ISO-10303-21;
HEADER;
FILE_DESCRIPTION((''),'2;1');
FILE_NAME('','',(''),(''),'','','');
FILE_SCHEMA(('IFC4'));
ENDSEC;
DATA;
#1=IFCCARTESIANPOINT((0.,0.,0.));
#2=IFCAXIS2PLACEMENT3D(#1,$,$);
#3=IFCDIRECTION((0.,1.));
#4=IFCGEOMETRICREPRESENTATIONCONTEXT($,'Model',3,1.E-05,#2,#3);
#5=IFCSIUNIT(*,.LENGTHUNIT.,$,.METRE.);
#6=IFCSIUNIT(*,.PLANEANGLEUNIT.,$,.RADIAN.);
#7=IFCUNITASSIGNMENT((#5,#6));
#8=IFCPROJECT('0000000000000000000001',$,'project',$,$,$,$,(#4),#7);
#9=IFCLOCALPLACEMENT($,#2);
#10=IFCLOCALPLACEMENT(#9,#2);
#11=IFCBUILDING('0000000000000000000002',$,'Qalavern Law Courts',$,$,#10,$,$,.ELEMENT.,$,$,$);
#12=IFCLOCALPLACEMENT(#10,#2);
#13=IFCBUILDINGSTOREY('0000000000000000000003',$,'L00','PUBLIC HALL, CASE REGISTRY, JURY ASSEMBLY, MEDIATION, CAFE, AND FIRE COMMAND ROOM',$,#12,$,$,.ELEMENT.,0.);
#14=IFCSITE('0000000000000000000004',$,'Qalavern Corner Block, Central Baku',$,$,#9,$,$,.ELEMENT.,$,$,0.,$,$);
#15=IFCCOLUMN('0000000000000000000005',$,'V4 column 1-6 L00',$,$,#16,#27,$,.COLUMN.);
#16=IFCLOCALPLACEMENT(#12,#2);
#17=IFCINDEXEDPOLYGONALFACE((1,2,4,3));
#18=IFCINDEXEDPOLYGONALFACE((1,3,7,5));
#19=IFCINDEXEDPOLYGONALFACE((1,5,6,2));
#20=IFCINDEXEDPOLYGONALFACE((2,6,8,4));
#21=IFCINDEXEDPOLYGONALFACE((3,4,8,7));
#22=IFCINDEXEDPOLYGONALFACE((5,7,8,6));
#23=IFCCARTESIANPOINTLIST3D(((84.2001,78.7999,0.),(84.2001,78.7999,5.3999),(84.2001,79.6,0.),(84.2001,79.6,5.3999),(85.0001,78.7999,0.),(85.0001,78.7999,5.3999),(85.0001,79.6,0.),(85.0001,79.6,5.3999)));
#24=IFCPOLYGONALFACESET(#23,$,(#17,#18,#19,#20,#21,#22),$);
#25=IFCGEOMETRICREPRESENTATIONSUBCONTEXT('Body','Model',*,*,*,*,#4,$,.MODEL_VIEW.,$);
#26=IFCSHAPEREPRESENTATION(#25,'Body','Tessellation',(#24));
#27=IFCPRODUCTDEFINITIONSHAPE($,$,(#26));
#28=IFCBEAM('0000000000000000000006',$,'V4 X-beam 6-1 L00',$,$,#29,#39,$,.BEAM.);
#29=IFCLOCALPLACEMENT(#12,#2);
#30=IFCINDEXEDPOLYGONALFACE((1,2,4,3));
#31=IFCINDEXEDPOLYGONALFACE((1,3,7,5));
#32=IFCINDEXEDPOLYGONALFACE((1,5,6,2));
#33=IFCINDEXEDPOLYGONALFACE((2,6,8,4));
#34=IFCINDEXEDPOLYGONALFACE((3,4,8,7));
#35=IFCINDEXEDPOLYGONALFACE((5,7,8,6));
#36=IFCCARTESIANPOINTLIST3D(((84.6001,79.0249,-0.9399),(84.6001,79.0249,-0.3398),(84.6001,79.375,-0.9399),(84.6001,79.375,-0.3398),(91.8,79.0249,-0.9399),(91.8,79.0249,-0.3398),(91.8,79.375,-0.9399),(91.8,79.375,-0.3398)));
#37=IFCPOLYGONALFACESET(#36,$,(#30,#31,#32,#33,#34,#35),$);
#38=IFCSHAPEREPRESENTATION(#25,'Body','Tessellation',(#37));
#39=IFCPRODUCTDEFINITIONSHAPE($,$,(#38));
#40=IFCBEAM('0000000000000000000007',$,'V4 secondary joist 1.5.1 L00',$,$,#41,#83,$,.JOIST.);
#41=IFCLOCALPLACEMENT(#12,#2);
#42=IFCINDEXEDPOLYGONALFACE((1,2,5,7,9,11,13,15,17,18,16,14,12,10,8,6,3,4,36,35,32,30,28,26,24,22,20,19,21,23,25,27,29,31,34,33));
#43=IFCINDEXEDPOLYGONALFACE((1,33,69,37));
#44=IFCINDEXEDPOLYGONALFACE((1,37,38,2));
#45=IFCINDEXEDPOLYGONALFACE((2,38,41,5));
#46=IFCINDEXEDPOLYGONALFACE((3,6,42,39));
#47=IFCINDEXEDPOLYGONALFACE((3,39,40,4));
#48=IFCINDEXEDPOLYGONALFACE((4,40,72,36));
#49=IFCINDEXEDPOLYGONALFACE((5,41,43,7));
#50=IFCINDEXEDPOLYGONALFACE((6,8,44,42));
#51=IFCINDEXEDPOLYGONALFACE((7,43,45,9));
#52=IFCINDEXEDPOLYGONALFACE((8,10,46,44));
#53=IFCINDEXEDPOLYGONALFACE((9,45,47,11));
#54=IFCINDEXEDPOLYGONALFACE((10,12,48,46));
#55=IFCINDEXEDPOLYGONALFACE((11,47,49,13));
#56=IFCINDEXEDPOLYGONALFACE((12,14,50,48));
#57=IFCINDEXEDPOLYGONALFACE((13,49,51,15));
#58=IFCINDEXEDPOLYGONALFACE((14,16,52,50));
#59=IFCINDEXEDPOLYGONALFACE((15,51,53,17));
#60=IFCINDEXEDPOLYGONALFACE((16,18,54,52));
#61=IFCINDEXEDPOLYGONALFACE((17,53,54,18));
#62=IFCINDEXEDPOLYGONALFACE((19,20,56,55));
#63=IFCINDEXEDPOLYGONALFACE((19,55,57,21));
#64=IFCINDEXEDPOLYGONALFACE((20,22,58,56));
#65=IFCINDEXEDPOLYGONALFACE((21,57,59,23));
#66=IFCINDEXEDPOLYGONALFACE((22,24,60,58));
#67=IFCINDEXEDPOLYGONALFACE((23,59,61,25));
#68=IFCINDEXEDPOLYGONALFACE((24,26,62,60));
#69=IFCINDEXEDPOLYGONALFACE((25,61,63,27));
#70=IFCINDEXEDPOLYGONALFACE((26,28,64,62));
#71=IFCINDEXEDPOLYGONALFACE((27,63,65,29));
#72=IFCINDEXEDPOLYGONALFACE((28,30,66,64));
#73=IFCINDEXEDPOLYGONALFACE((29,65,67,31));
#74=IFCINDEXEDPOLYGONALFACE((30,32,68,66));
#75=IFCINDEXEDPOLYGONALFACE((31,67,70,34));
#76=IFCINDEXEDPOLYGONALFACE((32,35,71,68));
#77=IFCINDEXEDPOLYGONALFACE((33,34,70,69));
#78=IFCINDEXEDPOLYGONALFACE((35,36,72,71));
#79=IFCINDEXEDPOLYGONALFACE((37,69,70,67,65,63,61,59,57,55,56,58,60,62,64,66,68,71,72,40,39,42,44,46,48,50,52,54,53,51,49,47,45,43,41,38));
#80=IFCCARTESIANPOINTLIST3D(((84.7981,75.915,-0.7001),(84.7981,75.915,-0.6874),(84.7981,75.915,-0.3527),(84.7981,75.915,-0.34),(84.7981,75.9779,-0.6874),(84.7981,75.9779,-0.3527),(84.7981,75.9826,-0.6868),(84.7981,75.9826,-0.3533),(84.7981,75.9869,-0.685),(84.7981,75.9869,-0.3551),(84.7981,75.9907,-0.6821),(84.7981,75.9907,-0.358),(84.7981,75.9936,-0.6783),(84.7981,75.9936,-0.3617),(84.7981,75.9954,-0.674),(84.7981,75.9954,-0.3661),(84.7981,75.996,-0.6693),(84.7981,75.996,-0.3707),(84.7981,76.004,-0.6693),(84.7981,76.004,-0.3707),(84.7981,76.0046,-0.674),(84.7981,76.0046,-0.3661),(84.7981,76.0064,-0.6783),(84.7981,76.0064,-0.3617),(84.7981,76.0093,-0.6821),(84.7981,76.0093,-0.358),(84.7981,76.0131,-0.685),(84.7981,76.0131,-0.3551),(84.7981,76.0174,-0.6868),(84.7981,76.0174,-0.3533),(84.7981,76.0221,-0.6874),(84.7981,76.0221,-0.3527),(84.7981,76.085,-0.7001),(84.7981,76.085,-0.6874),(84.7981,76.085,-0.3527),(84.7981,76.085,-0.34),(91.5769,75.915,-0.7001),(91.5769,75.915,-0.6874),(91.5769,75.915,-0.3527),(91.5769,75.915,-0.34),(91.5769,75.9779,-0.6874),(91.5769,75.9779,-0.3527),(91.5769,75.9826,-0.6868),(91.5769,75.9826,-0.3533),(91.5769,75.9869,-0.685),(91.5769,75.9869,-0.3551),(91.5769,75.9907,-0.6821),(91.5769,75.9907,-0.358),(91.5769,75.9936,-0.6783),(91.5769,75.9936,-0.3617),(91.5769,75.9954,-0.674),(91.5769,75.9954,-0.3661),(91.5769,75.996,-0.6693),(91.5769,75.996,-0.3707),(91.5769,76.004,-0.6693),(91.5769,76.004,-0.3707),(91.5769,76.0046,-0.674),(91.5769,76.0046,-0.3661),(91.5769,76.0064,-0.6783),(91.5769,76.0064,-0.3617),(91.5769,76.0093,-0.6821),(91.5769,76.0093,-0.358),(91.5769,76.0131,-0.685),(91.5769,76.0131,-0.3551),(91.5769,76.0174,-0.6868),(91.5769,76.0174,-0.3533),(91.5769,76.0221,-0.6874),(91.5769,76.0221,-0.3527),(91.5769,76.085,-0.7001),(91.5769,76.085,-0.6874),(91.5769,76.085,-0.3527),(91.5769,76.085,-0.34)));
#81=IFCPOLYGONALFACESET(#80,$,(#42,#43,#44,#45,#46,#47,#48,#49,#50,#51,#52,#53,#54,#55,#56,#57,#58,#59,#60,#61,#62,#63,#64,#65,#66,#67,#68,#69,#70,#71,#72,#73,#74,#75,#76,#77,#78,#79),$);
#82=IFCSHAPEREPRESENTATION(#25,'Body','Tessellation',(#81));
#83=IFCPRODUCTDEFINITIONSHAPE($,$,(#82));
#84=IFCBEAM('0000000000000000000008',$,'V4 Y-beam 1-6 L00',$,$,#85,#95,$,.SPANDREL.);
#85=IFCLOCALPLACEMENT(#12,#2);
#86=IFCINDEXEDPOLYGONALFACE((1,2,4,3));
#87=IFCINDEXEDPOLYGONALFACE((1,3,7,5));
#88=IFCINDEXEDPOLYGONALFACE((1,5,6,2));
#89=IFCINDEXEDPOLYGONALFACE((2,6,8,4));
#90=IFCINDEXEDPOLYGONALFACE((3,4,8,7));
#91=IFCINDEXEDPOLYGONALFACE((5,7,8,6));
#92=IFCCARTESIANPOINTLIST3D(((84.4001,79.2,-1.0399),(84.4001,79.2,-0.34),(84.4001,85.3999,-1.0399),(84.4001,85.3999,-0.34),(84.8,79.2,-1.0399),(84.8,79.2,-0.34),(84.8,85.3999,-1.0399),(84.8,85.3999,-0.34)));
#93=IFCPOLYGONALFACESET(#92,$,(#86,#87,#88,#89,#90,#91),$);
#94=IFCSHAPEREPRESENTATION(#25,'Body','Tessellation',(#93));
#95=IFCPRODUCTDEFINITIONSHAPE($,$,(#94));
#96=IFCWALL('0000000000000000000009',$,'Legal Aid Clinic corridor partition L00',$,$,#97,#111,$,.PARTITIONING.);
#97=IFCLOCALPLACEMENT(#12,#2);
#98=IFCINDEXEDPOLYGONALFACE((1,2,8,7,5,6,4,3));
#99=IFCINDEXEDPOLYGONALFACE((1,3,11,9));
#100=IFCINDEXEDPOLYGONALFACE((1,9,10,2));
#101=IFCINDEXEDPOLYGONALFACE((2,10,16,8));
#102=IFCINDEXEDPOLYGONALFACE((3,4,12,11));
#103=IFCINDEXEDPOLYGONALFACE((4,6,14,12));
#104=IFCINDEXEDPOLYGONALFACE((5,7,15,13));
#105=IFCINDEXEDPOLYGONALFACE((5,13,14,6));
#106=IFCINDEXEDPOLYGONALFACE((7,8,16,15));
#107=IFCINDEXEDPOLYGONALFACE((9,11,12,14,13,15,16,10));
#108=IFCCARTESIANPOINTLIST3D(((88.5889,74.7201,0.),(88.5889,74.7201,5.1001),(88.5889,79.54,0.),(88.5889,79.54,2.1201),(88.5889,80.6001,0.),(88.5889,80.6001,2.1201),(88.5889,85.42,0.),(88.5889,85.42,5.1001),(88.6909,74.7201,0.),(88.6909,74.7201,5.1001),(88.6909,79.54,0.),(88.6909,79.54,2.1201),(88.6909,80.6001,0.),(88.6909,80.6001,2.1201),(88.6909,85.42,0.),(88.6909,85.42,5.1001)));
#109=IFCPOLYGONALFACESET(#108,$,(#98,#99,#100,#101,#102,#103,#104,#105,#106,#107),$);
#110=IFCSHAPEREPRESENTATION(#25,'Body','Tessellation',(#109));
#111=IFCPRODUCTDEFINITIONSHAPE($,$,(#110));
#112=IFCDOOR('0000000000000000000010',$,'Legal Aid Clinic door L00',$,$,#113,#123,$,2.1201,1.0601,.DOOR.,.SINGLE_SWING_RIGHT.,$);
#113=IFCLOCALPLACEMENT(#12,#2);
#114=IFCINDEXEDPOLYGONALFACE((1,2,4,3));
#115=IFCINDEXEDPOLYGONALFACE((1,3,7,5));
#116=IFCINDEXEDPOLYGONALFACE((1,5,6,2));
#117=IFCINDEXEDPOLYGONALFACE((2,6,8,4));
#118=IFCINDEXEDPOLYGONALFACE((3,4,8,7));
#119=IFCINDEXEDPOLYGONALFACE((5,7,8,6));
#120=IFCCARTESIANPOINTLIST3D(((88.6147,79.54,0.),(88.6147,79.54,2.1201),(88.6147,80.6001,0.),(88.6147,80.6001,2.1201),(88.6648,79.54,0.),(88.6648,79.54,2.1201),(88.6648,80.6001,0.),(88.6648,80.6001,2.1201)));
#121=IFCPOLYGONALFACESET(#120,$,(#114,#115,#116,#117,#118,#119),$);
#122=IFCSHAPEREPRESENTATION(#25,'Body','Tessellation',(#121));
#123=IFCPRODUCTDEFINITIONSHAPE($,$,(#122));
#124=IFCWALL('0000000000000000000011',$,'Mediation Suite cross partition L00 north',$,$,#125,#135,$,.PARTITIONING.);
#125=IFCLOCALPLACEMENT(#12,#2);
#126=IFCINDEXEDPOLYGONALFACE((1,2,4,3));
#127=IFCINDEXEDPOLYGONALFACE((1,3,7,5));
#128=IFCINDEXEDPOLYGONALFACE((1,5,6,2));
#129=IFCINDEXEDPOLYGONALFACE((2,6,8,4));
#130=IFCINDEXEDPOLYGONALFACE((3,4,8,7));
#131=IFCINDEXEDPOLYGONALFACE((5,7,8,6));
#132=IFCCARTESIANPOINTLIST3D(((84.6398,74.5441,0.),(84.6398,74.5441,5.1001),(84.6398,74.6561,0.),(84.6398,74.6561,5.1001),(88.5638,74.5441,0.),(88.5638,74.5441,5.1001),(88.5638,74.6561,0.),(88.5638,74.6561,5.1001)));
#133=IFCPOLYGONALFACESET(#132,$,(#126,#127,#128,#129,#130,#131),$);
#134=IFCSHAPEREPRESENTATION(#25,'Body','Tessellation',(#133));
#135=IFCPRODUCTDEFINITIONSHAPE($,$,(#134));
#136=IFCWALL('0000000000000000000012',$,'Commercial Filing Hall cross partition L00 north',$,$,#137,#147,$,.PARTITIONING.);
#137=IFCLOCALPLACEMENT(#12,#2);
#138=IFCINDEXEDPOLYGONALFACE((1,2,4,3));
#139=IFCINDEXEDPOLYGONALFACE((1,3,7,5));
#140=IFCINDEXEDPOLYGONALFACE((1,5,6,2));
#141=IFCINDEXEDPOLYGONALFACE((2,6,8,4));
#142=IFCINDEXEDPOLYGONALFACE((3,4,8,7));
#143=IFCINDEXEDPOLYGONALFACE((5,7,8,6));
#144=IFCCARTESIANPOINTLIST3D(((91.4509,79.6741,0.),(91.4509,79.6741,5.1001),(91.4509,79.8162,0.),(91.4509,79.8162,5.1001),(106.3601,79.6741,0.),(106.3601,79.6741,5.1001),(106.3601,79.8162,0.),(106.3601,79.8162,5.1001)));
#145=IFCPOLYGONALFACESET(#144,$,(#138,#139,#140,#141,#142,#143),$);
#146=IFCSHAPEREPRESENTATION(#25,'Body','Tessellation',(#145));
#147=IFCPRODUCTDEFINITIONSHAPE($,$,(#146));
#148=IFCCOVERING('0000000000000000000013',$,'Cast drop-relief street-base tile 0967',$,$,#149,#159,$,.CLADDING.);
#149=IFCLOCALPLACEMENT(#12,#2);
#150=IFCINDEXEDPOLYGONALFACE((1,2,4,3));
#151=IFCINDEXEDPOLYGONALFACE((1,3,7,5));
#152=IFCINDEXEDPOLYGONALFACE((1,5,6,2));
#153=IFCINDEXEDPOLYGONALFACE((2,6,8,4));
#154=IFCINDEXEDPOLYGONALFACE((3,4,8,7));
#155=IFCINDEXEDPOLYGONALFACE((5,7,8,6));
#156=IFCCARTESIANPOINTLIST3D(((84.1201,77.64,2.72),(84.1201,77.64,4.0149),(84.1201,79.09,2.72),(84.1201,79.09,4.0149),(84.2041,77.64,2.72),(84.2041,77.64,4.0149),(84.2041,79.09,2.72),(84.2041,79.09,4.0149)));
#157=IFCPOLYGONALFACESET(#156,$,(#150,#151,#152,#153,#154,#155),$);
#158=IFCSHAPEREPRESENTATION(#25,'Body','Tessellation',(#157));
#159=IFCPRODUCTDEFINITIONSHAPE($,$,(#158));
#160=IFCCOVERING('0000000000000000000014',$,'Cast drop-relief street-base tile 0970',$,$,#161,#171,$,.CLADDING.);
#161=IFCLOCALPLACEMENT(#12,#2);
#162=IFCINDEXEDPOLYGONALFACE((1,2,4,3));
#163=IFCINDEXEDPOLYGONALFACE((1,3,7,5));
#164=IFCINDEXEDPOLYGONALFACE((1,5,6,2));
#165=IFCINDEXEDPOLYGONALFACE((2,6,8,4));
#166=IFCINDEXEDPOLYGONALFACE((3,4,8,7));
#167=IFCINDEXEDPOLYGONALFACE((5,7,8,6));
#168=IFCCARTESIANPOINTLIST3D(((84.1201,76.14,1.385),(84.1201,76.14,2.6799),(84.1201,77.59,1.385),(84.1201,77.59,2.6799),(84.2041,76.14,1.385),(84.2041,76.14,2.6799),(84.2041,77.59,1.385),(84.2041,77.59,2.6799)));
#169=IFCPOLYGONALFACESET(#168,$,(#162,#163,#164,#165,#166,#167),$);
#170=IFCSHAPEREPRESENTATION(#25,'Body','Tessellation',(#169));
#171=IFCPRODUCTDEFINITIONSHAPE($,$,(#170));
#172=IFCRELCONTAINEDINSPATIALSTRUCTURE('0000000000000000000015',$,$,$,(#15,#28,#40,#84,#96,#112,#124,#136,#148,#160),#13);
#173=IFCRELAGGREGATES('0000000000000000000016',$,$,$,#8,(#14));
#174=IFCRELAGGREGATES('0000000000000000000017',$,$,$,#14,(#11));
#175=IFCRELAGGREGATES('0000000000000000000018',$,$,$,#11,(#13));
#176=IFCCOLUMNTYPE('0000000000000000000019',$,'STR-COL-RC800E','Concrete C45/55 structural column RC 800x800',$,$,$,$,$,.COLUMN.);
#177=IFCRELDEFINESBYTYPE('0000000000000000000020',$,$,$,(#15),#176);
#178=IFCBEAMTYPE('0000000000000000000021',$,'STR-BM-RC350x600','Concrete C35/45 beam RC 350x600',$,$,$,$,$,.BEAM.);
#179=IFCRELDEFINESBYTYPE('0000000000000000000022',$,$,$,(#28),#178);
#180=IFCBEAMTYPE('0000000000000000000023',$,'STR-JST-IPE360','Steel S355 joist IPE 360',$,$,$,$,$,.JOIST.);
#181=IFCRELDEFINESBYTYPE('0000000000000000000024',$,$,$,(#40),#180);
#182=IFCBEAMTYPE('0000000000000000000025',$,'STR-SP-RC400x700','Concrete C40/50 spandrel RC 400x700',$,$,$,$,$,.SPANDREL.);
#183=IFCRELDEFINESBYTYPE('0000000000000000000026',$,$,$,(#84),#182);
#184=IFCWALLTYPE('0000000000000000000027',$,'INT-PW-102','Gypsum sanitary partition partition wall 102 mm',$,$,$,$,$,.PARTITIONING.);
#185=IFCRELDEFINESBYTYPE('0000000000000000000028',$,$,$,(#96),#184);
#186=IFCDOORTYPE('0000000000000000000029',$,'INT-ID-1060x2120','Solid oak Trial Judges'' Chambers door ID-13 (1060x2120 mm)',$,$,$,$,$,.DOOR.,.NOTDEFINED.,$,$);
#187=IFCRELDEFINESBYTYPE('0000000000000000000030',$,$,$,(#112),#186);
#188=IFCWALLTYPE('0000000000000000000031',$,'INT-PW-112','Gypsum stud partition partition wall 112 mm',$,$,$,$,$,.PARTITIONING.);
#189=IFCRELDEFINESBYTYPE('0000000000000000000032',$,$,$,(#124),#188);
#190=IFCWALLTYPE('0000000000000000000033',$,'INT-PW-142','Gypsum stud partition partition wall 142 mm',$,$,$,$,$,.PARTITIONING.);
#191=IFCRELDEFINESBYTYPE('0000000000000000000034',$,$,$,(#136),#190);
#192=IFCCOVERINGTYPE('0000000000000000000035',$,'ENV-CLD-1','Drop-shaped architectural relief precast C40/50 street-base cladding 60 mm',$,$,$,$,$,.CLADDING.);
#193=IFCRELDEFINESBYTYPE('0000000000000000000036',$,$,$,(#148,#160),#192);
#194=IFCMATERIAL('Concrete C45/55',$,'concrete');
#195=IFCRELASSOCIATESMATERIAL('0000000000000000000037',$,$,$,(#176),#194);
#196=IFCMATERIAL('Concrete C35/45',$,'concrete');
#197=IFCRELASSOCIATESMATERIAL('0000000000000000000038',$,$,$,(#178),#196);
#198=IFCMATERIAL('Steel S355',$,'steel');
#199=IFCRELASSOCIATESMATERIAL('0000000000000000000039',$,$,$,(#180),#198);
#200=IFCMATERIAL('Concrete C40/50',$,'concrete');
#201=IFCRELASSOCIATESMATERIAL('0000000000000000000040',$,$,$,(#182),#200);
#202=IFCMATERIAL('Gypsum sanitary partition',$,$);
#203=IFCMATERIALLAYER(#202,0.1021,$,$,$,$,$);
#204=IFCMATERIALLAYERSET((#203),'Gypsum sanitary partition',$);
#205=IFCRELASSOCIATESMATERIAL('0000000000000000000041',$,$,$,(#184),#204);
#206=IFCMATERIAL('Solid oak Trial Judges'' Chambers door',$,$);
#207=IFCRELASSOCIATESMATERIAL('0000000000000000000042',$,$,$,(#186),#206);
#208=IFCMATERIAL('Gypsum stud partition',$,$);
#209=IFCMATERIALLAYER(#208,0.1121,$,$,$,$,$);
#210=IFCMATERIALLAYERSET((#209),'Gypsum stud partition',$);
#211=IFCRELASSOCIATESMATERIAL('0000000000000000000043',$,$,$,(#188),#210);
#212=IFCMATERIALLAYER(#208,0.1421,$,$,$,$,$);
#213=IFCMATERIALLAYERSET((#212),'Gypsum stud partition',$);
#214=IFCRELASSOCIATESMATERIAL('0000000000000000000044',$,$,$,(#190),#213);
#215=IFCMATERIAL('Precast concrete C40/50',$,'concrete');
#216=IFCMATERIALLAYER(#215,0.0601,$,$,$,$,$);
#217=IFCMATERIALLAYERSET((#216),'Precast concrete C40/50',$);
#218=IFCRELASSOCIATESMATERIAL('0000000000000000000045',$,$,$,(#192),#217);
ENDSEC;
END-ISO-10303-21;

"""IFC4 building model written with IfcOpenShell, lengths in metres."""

from ifc_helpers import new_model, si_unit, direction, frame, frame_2d, origin, origin_2d, place, context, subcontext, project, spatial, rectangle, i_section, extrude, material, layer, layer_set, material_profile, profile_set, type_object, element, fill, save


model = new_model("IFC4")

# Units and contexts
model_context = context("Model", 3, precision=1e-05, world=origin(), true_north=direction((0.0, 1.0)))
body_context = subcontext(model_context, "Body", "Model", "MODEL_VIEW")
ifc_project = project(units=[si_unit("LENGTHUNIT", "METRE"), si_unit("PLANEANGLEUNIT", "RADIAN")], contexts=[model_context])

# Site, building, storey
site_placement = place(None, origin())
site = spatial("IfcSite", under=ifc_project, at=site_placement, Name="Qalavern Corner Block, Central Baku", CompositionType="ELEMENT", RefElevation=0.0)
building_placement = place(site_placement, origin())
building = spatial("IfcBuilding", under=site, at=building_placement, Name="Qalavern Law Courts", CompositionType="ELEMENT")
storey_placement = place(building_placement, origin())
storey = spatial("IfcBuildingStorey", under=building, at=storey_placement, Name="L00", Description="PUBLIC HALL, CASE REGISTRY, JURY ASSEMBLY, MEDIATION, CAFE, AND FIRE COMMAND ROOM", CompositionType="ELEMENT", Elevation=0.0)

# Column
ifc_material_1 = material(Name="Concrete C45/55", Category="concrete")
ifc_material_profile_1 = material_profile(ifc_material_1, rectangle(XDim=0.8, YDim=0.8, at=origin_2d()), Name="RC 800x800")
ifc_profile_set_1 = profile_set([ifc_material_profile_1], Name="Concrete C45/55")
column_type = type_object("IfcColumnType", Name="STR-COL-RC800E", Description="Concrete C45/55 structural column RC 800x800", PredefinedType="COLUMN", material=ifc_profile_set_1)
column_placement = place(storey_placement, frame((84.6001, 79.2, 0.0), z_axis=(0.0, 0.0, 1.0), x_axis=(1.0, 0.0, 0.0)))
element("IfcColumn", 1, at=column_placement, inside=storey, type_object=column_type, Name="V4 column 1-6 L00", PredefinedType="COLUMN", context=body_context, shape_type="SweptSolid", body=[
    extrude(rectangle(XDim=0.8, YDim=0.8, at=origin_2d()), origin(), (0.0, 0.0, 1.0), 5.3999),
])

# Beams
ifc_material_2 = material(Name="Concrete C35/45", Category="concrete")
ifc_material_profile_2 = material_profile(ifc_material_2, rectangle(XDim=0.3501, YDim=0.6001, at=origin_2d()), Name="RC 350x600")
ifc_profile_set_2 = profile_set([ifc_material_profile_2], Name="Concrete C35/45")
beam_type_1 = type_object("IfcBeamType", Name="STR-BM-RC350x600", Description="Concrete C35/45 beam RC 350x600", PredefinedType="BEAM", material=ifc_profile_set_2)
beam_1_placement = place(storey_placement, frame((84.6001, 79.2, -0.6399), z_axis=(1.0, 0.0, 0.0), x_axis=(0.0, 1.0, 0.0)))
element("IfcBeam", 2, at=beam_1_placement, inside=storey, type_object=beam_type_1, Name="V4 X-beam 6-1 L00", PredefinedType="BEAM", context=body_context, shape_type="SweptSolid", body=[
    extrude(rectangle(XDim=0.3501, YDim=0.6001, at=origin_2d()), origin(), (0.0, 0.0, 1.0), 7.2),
])
ifc_material_3 = material(Name="Steel S355", Category="steel")
ifc_material_profile_3 = material_profile(ifc_material_3, i_section(OverallWidth=0.1699, OverallDepth=0.3601, WebThickness=0.0081, FlangeThickness=0.0127, FilletRadius=0.0181, at=origin_2d()), Name="IPE 360")
ifc_profile_set_3 = profile_set([ifc_material_profile_3], Name="Steel S355")
beam_type_2 = type_object("IfcBeamType", Name="STR-JST-IPE360", Description="Steel S355 joist IPE 360", PredefinedType="JOIST", material=ifc_profile_set_3)
beam_2_placement = place(storey_placement, frame((84.7981, 76.0, -0.52), z_axis=(1.0, 0.0, 0.0), x_axis=(0.0, 1.0, 0.0)))
element("IfcBeam", 3, at=beam_2_placement, inside=storey, type_object=beam_type_2, Name="V4 secondary joist 1.5.1 L00", PredefinedType="JOIST", context=body_context, shape_type="SweptSolid", body=[
    extrude(i_section(OverallWidth=0.1699, OverallDepth=0.3601, WebThickness=0.0081, FlangeThickness=0.0127, FilletRadius=0.0181, at=origin_2d()), origin(), (0.0, 0.0, 1.0), 6.7788),
])
ifc_material_4 = material(Name="Concrete C40/50", Category="concrete")
ifc_material_profile_4 = material_profile(ifc_material_4, rectangle(XDim=0.3999, YDim=0.7, at=origin_2d()), Name="RC 400x700")
ifc_profile_set_4 = profile_set([ifc_material_profile_4], Name="Concrete C40/50")
beam_type_3 = type_object("IfcBeamType", Name="STR-SP-RC400x700", Description="Concrete C40/50 spandrel RC 400x700", PredefinedType="SPANDREL", material=ifc_profile_set_4)
beam_3_placement = place(storey_placement, frame((84.6001, 79.2, -0.6899), z_axis=(0.0, 1.0, 0.0), x_axis=(-1.0, 0.0, 0.0)))
element("IfcBeam", 4, at=beam_3_placement, inside=storey, type_object=beam_type_3, Name="V4 Y-beam 1-6 L00", PredefinedType="SPANDREL", context=body_context, shape_type="SweptSolid", body=[
    extrude(rectangle(XDim=0.3999, YDim=0.7, at=origin_2d()), origin(), (0.0, 0.0, 1.0), 6.2),
])

# Wall, opening, door
ifc_material_5 = material(Name="Gypsum sanitary partition")
ifc_layer_1 = layer(ifc_material_5, 0.1021)
ifc_layer_set_1 = layer_set([ifc_layer_1], Name="Gypsum sanitary partition")
wall_type_1 = type_object("IfcWallType", Name="INT-PW-102", Description="Gypsum sanitary partition partition wall 102 mm", PredefinedType="PARTITIONING", material=ifc_layer_set_1)
wall_1_placement = place(storey_placement, frame((88.6399, 74.72, 0.0), z_axis=(0.0, 0.0, 1.0), x_axis=(0.0, 1.0, 0.0)))
wall_1 = element("IfcWall", 5, at=wall_1_placement, inside=storey, type_object=wall_type_1, Name="Legal Aid Clinic corridor partition L00", PredefinedType="PARTITIONING", context=body_context, shape_type="SweptSolid", body=[
    extrude(rectangle(XDim=10.7, YDim=0.1021, at=frame_2d((5.3501, 0.0))), origin(), (0.0, 0.0, 1.0), 5.1001),
])
opening_placement = place(wall_1_placement, frame((4.8201, 0.0, 0.0)))
opening = element("IfcOpeningElement", 6, at=opening_placement, cuts=wall_1, PredefinedType="OPENING", context=body_context, shape_type="SweptSolid", body=[
    extrude(rectangle(XDim=1.0601, YDim=2.1201, at=frame_2d((0.53, 1.0601))), frame((0.0, 0.0659, 0.0), z_axis=(0.0, -1.0, 0.0), x_axis=(1.0, 0.0, 0.0)), (0.0, 0.0, 1.0), 0.1318),
])
ifc_material_6 = material(Name="Solid oak Trial Judges' Chambers door")
door_type = type_object("IfcDoorType", Name="INT-ID-1060x2120", Description="Solid oak Trial Judges' Chambers door ID-13 (1060x2120 mm)", OperationType="NOTDEFINED", PredefinedType="DOOR", material=ifc_material_6)
door_placement = place(opening_placement, frame((1.0601, 0.0, 0.0), z_axis=(0.0, 0.0, 1.0), x_axis=(-1.0, 0.0, 0.0)))
door = element("IfcDoor", 7, at=door_placement, inside=storey, type_object=door_type, Name="Legal Aid Clinic door L00", OperationType="SINGLE_SWING_RIGHT", OverallHeight=2.1201, OverallWidth=1.0601, PredefinedType="DOOR", context=body_context, shape_type="SweptSolid", body=[
    extrude(rectangle(XDim=1.0601, YDim=2.1201, at=frame_2d((0.53, 1.0601))), frame((0.0, 0.0249, 0.0), z_axis=(0.0, -1.0, 0.0), x_axis=(1.0, 0.0, 0.0)), (0.0, 0.0, 1.0), 0.05),
])
fill(opening, door)

# Walls
ifc_material_7 = material(Name="Gypsum stud partition")
ifc_layer_2 = layer(ifc_material_7, 0.1121)
ifc_layer_set_2 = layer_set([ifc_layer_2], Name="Gypsum stud partition")
wall_type_2 = type_object("IfcWallType", Name="INT-PW-112", Description="Gypsum stud partition partition wall 112 mm", PredefinedType="PARTITIONING", material=ifc_layer_set_2)
wall_2_placement = place(storey_placement, frame((84.6399, 74.6001, 0.0), z_axis=(0.0, 0.0, 1.0), x_axis=(1.0, 0.0, 0.0)))
element("IfcWall", 8, at=wall_2_placement, inside=storey, type_object=wall_type_2, Name="Mediation Suite cross partition L00 north", PredefinedType="PARTITIONING", context=body_context, shape_type="SweptSolid", body=[
    extrude(rectangle(XDim=3.9241, YDim=0.1121, at=frame_2d((1.9619, 0.0))), origin(), (0.0, 0.0, 1.0), 5.1001),
])
ifc_layer_3 = layer(ifc_material_7, 0.1421)
ifc_layer_set_3 = layer_set([ifc_layer_3], Name="Gypsum stud partition")
wall_type_3 = type_object("IfcWallType", Name="INT-PW-142", Description="Gypsum stud partition partition wall 142 mm", PredefinedType="PARTITIONING", material=ifc_layer_set_3)
wall_3_placement = place(storey_placement, frame((91.4509, 79.7451, 0.0), z_axis=(0.0, 0.0, 1.0), x_axis=(1.0, 0.0, 0.0)))
element("IfcWall", 9, at=wall_3_placement, inside=storey, type_object=wall_type_3, Name="Commercial Filing Hall cross partition L00 north", PredefinedType="PARTITIONING", context=body_context, shape_type="SweptSolid", body=[
    extrude(rectangle(XDim=14.9092, YDim=0.1421, at=frame_2d((7.4546, 0.0))), origin(), (0.0, 0.0, 1.0), 5.1001),
])

# Coverings
ifc_material_8 = material(Name="Precast concrete C40/50", Category="concrete")
ifc_layer_4 = layer(ifc_material_8, 0.0601)
ifc_layer_set_4 = layer_set([ifc_layer_4], Name="Precast concrete C40/50")
covering_type_1 = type_object("IfcCoveringType", Name="ENV-CLD-1", Description="Drop-shaped architectural relief precast C40/50 street-base cladding 60 mm", PredefinedType="CLADDING", material=ifc_layer_set_4)
for number, where, z_axis, x_axis, name in (
    (10, (84.1621, 78.365, 2.72), (0.0, 0.0, 1.0), (0.0, -1.0, 0.0), "Cast drop-relief street-base tile 0967"),
    (11, (84.1621, 76.865, 1.385), (0.0, 0.0, 1.0), (0.0, -1.0, 0.0), "Cast drop-relief street-base tile 0970"),
):
    element("IfcCovering", number, at=place(storey_placement, frame(where, z_axis=z_axis, x_axis=x_axis)), inside=storey, type_object=covering_type_1, Name=name, PredefinedType="CLADDING", context=body_context, shape_type="SweptSolid", body=[
        extrude(rectangle(XDim=1.45, YDim=0.084, at=origin_2d()), origin(), (0.0, 0.0, 1.0), 1.2949),
    ])

save(model, "model.ifc")
